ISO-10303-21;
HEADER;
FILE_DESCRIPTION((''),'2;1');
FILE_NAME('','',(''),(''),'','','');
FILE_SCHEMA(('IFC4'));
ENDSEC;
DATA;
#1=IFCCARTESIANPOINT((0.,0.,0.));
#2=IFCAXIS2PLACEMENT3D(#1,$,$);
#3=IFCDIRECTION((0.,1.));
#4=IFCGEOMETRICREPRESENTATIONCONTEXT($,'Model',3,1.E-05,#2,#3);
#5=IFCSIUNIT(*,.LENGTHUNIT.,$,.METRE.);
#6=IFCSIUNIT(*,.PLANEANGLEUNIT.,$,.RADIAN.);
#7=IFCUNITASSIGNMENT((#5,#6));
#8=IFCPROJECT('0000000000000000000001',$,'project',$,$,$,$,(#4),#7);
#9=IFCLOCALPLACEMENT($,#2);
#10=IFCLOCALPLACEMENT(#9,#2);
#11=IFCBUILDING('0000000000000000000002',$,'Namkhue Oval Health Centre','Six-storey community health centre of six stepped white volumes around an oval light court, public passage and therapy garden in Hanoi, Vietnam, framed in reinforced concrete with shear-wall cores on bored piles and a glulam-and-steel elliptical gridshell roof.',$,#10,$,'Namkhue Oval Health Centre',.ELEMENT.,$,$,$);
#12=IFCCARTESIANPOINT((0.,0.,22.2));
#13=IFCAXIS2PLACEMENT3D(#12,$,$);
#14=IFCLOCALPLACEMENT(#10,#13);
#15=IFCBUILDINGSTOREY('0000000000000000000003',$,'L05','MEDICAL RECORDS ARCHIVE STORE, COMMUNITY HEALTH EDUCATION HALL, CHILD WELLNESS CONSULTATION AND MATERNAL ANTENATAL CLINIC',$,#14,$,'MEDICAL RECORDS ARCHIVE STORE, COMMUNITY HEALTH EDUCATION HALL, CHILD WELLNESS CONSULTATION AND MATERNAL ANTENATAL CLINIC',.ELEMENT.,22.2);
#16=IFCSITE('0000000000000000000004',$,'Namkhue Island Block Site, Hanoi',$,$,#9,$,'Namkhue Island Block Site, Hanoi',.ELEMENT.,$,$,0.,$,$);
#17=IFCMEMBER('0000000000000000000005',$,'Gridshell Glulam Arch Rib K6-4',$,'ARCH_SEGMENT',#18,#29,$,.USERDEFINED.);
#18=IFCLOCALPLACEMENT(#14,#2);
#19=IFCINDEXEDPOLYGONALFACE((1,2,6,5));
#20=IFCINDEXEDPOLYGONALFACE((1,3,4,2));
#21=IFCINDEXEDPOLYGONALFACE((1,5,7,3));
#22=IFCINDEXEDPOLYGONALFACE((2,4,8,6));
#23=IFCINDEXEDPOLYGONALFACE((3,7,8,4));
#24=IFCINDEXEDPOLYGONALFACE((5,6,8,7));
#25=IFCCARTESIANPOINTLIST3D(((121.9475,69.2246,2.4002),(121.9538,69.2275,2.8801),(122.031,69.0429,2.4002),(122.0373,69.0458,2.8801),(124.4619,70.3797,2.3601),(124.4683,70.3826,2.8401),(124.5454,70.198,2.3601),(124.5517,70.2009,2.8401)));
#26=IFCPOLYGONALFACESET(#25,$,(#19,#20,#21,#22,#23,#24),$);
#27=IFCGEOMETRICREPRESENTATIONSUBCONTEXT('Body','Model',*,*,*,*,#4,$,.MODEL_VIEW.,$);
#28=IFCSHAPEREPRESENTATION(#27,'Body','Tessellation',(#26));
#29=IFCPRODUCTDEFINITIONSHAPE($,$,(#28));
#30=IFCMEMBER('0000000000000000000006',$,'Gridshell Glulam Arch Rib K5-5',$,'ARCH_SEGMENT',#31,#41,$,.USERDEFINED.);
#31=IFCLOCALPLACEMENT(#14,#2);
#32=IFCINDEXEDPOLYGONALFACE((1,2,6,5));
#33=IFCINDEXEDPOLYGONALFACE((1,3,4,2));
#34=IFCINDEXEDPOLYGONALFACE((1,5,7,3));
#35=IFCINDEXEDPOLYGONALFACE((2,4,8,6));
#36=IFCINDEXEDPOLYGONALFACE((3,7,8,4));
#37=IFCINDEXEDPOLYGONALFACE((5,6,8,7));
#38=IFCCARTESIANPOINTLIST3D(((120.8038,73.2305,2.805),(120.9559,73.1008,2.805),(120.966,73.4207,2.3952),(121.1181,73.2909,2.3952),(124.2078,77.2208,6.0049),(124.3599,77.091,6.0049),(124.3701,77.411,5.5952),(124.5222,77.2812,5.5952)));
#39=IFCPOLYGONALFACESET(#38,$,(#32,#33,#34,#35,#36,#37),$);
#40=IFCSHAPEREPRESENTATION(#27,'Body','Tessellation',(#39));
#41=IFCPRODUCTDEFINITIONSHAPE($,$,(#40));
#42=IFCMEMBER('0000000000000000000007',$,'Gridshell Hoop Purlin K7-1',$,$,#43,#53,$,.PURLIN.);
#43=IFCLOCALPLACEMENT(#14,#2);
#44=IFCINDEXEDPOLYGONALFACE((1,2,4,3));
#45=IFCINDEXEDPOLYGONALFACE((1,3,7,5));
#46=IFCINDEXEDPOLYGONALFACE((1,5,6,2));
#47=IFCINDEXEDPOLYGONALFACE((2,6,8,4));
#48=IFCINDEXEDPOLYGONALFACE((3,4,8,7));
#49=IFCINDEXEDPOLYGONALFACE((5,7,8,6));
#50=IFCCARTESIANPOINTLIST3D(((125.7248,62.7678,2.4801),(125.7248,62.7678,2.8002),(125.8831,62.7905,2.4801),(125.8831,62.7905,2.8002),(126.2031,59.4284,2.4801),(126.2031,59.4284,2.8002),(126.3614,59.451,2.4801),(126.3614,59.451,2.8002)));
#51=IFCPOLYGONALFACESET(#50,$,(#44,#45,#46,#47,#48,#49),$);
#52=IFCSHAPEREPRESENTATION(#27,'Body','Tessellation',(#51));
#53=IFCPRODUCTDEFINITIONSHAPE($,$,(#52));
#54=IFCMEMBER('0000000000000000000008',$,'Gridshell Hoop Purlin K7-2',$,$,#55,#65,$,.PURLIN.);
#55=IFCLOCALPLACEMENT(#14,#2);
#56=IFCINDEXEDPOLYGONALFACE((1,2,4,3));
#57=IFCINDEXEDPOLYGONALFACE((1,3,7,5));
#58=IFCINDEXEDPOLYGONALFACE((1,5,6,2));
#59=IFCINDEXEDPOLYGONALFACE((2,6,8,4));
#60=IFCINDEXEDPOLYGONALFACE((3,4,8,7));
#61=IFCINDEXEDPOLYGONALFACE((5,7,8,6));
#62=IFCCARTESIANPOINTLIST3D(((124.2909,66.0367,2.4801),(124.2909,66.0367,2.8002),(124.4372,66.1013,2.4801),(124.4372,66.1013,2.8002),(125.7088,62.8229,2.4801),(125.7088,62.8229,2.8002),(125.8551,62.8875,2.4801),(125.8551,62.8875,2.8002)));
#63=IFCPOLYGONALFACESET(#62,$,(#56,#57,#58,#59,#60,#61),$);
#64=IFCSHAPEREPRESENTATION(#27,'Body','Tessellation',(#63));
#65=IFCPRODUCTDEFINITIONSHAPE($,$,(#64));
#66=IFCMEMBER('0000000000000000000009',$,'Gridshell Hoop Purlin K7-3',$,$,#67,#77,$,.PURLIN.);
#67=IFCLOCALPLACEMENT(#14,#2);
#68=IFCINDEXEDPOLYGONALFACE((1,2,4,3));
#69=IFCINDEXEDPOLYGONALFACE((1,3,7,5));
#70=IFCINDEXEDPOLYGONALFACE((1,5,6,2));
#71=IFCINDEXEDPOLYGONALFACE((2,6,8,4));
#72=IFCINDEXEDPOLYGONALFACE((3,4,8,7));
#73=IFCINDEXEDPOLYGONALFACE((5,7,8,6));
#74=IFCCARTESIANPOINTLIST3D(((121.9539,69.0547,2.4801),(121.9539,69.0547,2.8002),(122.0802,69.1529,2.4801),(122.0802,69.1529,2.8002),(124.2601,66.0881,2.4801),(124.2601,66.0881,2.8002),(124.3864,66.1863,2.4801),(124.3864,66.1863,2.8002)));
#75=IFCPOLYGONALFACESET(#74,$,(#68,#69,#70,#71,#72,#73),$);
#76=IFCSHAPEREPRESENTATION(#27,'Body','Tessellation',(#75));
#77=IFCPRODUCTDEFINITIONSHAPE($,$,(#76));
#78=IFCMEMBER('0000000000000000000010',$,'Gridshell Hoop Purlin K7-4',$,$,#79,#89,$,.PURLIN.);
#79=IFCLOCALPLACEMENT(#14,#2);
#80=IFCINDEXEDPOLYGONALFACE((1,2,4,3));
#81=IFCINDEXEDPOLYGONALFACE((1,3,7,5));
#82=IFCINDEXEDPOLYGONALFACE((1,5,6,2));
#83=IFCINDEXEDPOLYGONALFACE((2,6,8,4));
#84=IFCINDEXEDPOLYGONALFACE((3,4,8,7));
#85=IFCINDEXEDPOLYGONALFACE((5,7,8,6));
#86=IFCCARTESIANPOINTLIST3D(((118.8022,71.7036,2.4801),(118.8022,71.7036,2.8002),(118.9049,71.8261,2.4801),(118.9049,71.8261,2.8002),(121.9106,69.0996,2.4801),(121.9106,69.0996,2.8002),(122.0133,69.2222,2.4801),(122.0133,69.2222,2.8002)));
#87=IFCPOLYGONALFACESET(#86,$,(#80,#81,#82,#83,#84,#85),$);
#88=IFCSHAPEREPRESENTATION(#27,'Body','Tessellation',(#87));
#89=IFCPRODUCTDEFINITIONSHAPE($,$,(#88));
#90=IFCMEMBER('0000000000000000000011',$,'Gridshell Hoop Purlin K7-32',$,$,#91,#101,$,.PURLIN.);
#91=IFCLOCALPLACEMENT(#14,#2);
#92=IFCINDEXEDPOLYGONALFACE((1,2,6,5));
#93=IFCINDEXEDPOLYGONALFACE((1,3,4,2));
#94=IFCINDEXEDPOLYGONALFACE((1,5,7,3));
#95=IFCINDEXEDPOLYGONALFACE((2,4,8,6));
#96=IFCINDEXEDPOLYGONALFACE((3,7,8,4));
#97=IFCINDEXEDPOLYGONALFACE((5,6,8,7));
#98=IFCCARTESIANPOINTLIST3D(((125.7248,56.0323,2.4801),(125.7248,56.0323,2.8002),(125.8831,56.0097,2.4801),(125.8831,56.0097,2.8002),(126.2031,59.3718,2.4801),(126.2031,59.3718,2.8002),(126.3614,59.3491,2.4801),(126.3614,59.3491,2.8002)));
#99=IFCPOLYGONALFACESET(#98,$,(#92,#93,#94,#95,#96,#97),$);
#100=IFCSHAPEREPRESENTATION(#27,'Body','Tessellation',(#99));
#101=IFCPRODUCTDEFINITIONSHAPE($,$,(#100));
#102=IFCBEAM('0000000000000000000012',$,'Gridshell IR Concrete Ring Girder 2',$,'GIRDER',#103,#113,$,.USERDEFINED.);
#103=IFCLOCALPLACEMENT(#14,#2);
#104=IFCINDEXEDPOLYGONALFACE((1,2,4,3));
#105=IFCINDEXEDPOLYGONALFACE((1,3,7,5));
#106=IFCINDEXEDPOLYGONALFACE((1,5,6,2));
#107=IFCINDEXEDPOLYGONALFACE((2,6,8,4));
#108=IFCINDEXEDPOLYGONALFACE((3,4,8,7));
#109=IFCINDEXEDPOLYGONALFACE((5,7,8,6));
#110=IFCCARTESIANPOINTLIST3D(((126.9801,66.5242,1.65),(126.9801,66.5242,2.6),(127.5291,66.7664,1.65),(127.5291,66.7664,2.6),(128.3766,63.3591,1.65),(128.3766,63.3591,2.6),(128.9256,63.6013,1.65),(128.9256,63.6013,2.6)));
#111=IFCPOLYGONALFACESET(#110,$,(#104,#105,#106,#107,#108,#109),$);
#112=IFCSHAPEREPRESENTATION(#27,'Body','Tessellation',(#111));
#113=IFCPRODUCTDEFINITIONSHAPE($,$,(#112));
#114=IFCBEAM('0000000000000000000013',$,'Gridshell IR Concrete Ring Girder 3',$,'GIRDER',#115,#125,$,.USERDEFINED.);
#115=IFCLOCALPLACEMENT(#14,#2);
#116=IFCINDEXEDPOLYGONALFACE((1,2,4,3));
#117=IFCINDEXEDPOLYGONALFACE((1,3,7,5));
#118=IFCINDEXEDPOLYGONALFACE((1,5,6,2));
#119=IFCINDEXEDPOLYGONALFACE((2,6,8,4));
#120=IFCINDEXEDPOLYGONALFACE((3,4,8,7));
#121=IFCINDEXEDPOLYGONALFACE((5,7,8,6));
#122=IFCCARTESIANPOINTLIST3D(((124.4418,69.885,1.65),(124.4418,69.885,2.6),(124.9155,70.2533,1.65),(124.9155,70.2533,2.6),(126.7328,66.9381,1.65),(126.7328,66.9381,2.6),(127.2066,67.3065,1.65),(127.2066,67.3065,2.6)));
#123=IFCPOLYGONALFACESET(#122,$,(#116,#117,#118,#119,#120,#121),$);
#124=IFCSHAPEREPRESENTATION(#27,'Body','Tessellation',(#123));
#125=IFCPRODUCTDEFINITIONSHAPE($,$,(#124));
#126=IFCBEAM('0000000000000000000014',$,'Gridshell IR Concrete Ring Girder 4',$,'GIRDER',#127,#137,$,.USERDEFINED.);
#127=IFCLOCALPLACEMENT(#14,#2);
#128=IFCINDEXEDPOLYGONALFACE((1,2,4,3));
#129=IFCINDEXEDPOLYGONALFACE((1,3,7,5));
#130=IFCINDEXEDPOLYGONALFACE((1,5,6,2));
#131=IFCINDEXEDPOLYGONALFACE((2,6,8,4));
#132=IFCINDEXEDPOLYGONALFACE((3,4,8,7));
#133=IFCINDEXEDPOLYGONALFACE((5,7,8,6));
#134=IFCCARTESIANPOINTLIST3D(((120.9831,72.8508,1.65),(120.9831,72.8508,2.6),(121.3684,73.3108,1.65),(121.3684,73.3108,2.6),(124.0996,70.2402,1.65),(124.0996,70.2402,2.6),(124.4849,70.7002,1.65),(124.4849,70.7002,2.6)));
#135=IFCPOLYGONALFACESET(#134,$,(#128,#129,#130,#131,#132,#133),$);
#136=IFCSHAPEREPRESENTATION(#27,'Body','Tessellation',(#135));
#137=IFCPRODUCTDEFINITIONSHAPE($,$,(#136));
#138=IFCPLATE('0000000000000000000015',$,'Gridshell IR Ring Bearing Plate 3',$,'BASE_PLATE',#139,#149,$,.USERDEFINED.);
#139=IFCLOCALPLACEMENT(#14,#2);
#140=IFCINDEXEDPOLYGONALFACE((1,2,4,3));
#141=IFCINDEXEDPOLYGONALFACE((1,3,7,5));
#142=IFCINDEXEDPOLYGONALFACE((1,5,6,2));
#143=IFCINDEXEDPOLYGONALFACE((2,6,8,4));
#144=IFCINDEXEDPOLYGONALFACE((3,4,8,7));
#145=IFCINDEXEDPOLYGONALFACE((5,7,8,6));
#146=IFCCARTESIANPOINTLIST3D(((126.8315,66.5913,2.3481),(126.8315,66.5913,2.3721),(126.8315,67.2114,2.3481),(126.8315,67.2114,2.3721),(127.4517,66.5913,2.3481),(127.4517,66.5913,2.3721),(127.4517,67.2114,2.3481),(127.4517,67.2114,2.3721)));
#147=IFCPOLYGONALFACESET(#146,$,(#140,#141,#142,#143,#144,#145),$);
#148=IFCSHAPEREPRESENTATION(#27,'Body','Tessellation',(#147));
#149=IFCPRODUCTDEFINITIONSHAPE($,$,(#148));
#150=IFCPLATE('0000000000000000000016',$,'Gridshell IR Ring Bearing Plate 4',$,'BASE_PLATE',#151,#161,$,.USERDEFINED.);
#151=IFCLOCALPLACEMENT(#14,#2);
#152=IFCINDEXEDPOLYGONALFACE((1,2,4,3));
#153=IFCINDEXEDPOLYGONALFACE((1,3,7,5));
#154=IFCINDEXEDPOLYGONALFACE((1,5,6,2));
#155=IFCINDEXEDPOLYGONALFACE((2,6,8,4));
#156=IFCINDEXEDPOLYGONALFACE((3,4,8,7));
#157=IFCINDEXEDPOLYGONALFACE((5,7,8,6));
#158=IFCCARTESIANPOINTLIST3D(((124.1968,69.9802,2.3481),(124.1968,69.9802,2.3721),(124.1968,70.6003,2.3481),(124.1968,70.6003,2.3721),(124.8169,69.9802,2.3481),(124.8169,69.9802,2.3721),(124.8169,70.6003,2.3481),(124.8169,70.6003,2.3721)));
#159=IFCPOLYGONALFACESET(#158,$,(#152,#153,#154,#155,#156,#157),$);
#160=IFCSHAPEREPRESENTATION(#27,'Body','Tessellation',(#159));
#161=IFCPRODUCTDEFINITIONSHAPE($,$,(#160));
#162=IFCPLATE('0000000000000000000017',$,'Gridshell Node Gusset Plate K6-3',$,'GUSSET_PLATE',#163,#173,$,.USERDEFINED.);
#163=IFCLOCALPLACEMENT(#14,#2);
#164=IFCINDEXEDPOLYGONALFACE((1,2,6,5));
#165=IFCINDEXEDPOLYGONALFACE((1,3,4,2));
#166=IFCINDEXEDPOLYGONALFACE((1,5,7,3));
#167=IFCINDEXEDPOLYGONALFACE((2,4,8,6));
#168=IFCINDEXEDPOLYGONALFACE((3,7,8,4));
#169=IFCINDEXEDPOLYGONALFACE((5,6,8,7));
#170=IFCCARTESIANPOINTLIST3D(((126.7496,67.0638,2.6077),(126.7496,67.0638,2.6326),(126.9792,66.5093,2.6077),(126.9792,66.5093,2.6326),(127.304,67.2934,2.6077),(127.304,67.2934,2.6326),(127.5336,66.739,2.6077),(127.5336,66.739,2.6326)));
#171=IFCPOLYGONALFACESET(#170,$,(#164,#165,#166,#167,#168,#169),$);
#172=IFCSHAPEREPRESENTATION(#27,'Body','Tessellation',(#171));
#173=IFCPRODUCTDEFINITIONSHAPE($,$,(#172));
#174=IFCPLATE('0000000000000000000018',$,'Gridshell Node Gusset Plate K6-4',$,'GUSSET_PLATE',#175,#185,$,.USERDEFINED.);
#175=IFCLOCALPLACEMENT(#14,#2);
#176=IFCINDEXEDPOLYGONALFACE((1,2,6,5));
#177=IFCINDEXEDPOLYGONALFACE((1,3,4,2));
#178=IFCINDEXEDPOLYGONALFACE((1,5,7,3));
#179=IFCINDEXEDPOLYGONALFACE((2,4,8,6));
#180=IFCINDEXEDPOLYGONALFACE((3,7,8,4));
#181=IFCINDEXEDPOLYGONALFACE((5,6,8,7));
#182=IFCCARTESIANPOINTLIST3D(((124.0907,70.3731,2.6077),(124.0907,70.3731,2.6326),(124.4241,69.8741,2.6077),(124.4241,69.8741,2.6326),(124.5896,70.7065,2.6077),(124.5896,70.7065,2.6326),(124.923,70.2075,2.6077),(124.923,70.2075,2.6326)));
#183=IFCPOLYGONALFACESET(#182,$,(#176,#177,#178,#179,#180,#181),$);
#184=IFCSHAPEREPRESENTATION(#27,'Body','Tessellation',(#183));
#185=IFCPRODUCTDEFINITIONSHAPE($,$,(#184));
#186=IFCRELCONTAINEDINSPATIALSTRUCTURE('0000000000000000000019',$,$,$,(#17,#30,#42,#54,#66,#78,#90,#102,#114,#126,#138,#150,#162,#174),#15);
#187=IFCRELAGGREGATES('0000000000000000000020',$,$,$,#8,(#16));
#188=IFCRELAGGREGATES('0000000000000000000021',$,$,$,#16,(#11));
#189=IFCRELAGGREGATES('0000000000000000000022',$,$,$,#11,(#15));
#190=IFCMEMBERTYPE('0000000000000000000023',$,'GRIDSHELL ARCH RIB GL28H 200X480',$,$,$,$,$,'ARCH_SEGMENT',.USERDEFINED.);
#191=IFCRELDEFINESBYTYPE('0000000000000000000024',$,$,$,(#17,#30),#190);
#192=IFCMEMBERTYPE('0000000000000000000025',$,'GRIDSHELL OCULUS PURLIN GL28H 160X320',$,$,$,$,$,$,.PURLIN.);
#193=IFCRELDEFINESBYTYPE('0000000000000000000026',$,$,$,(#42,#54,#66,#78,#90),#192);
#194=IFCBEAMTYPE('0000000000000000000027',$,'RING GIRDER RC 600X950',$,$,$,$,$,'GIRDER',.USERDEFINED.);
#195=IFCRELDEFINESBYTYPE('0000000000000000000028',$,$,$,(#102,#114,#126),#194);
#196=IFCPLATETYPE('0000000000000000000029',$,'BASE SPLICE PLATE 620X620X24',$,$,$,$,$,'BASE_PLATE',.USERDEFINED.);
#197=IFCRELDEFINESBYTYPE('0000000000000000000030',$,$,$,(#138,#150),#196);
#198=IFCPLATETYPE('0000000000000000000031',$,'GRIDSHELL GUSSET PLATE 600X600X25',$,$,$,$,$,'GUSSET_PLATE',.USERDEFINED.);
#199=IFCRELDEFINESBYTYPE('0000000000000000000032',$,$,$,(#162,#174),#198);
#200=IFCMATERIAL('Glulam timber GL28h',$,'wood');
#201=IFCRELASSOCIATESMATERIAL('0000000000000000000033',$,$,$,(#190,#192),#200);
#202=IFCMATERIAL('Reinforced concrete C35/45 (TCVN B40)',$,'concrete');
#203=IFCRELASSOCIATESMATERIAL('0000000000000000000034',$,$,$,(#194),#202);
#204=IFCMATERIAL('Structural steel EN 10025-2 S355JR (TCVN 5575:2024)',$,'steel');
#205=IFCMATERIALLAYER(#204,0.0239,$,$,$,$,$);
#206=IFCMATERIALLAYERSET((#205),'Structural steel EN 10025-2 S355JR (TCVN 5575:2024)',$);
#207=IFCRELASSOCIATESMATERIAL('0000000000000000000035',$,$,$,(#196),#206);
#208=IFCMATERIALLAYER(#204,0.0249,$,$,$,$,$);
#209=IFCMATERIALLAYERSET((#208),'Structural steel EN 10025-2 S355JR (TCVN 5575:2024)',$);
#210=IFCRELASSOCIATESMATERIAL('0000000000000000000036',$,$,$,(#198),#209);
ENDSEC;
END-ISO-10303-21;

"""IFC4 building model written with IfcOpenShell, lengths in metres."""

from ifc_helpers import new_model, si_unit, direction, frame, origin, origin_2d, place, context, subcontext, project, spatial, rectangle, extrude, material, layer, layer_set, material_profile, profile_set, type_object, element, save


model = new_model("IFC4")

# Units and contexts
model_context = context("Model", 3, precision=1e-05, world=origin(), true_north=direction((0.0, 1.0)))
body_context = subcontext(model_context, "Body", "Model", "MODEL_VIEW")
ifc_project = project(units=[si_unit("LENGTHUNIT", "METRE"), si_unit("PLANEANGLEUNIT", "RADIAN")], contexts=[model_context])

# Site, building, storey
site_placement = place(None, origin())
site = spatial("IfcSite", under=ifc_project, at=site_placement, Name="Namkhue Island Block Site, Hanoi", LongName="Namkhue Island Block Site, Hanoi", CompositionType="ELEMENT", RefElevation=0.0)
building_placement = place(site_placement, origin())
building = spatial("IfcBuilding", under=site, at=building_placement, Name="Namkhue Oval Health Centre", Description="Six-storey community health centre of six stepped white volumes around an oval light court, public passage and therapy garden in Hanoi, Vietnam, framed in reinforced concrete with shear-wall cores on bored piles and a glulam-and-steel elliptical gridshell roof.", LongName="Namkhue Oval Health Centre", CompositionType="ELEMENT")
storey_placement = place(building_placement, frame((0.0, 0.0, 22.2)))
storey = spatial("IfcBuildingStorey", under=building, at=storey_placement, Name="L05", Description="MEDICAL RECORDS ARCHIVE STORE, COMMUNITY HEALTH EDUCATION HALL, CHILD WELLNESS CONSULTATION AND MATERNAL ANTENATAL CLINIC", LongName="MEDICAL RECORDS ARCHIVE STORE, COMMUNITY HEALTH EDUCATION HALL, CHILD WELLNESS CONSULTATION AND MATERNAL ANTENATAL CLINIC", CompositionType="ELEMENT", Elevation=22.2)

# Shared definitions
ifc_material_1 = material(Name="Reinforced concrete C35/45 (TCVN B40)", Category="concrete")

# Members
ifc_material_2 = material(Name="Structural steel EN 10025-2 S355JR (TCVN 5575:2024)", Category="steel")
ifc_material_3 = material(Name="Glulam timber GL28h", Category="wood")
ifc_material_profile_1 = material_profile(ifc_material_3, rectangle(XDim=0.2, YDim=0.48, at=origin_2d()), Name="GL28h 200x480")
ifc_profile_set_1 = profile_set([ifc_material_profile_1], Name="Glulam timber GL28h")
member_type_1 = type_object("IfcMemberType", Name="GRIDSHELL ARCH RIB GL28H 200X480", ElementType="ARCH_SEGMENT", PredefinedType="USERDEFINED", material=ifc_profile_set_1)
member_1_placement = place(storey_placement, frame((124.5068, 70.2903, 2.6001), z_axis=(-0.908614, -0.417386, 0.014469), x_axis=(0.417429, -0.908709, 0.0)))
element("IfcMember", 1, at=member_1_placement, inside=storey, type_object=member_type_1, Name="Gridshell Glulam Arch Rib K6-4", ObjectType="ARCH_SEGMENT", PredefinedType="USERDEFINED", context=body_context, shape_type="SweptSolid", body=[
    extrude(rectangle(XDim=0.2, YDim=0.48, at=origin_2d()), origin(), (0.0, 0.0, 1.0), 2.7673),
])
member_2_placement = place(storey_placement, frame((124.365, 77.251, 5.8), z_axis=(-0.554041, -0.649448, -0.520822), x_axis=(0.760776, -0.649015, 0.0)))
element("IfcMember", 2, at=member_2_placement, inside=storey, type_object=member_type_1, Name="Gridshell Glulam Arch Rib K5-5", ObjectType="ARCH_SEGMENT", PredefinedType="USERDEFINED", context=body_context, shape_type="SweptSolid", body=[
    extrude(rectangle(XDim=0.2, YDim=0.48, at=origin_2d()), origin(), (0.0, 0.0, 1.0), 6.144),
])
ifc_material_profile_2 = material_profile(ifc_material_3, rectangle(XDim=0.1599, YDim=0.3201, at=origin_2d()), Name="GL28h 160x320")
ifc_profile_set_2 = profile_set([ifc_material_profile_2], Name="Glulam timber GL28h")
member_type_2 = type_object("IfcMemberType", Name="GRIDSHELL OCULUS PURLIN GL28H 160X320", PredefinedType="PURLIN", material=ifc_profile_set_2)
member_3_placement = place(storey_placement, frame((126.2822, 59.4397, 2.6401), z_axis=(-0.141776, 0.989899, 0.0), x_axis=(-0.989899, -0.141776, 0.0)))
element("IfcMember", 3, at=member_3_placement, inside=storey, type_object=member_type_2, Name="Gridshell Hoop Purlin K7-1", PredefinedType="PURLIN", context=body_context, shape_type="SweptSolid", body=[
    extrude(rectangle(XDim=0.1599, YDim=0.3201, at=origin_2d()), origin(), (0.0, 0.0, 1.0), 3.3735),
])
member_4_placement = place(storey_placement, frame((125.782, 62.8552, 2.6401), z_axis=(-0.403661, 0.914909, 0.0), x_axis=(-0.914909, -0.403661, 0.0)))
element("IfcMember", 4, at=member_4_placement, inside=storey, type_object=member_type_2, Name="Gridshell Hoop Purlin K7-2", PredefinedType="PURLIN", context=body_context, shape_type="SweptSolid", body=[
    extrude(rectangle(XDim=0.1599, YDim=0.3201, at=origin_2d()), origin(), (0.0, 0.0, 1.0), 3.5127),
])
member_5_placement = place(storey_placement, frame((124.3232, 66.1372, 2.6401), z_axis=(-0.613747, 0.789503, 0.0), x_axis=(-0.789503, -0.613747, 0.0)))
element("IfcMember", 5, at=member_5_placement, inside=storey, type_object=member_type_2, Name="Gridshell Hoop Purlin K7-3", PredefinedType="PURLIN", context=body_context, shape_type="SweptSolid", body=[
    extrude(rectangle(XDim=0.1599, YDim=0.3201, at=origin_2d()), origin(), (0.0, 0.0, 1.0), 3.7576),
])
member_6_placement = place(storey_placement, frame((121.9619, 69.1609, 2.6401), z_axis=(-0.766561, 0.642172, 0.0), x_axis=(-0.642172, -0.766561, 0.0)))
element("IfcMember", 6, at=member_6_placement, inside=storey, type_object=member_type_2, Name="Gridshell Hoop Purlin K7-4", PredefinedType="PURLIN", context=body_context, shape_type="SweptSolid", body=[
    extrude(rectangle(XDim=0.1599, YDim=0.3201, at=origin_2d()), origin(), (0.0, 0.0, 1.0), 4.0549),
])
member_7_placement = place(storey_placement, frame((125.804, 56.021, 2.6401), z_axis=(0.141776, 0.989899, 0.0), x_axis=(-0.989899, 0.141776, 0.0)))
element("IfcMember", 7, at=member_7_placement, inside=storey, type_object=member_type_2, Name="Gridshell Hoop Purlin K7-32", PredefinedType="PURLIN", context=body_context, shape_type="SweptSolid", body=[
    extrude(rectangle(XDim=0.1599, YDim=0.3201, at=origin_2d()), origin(), (0.0, 0.0, 1.0), 3.3735),
])

# Beams
ifc_material_profile_3 = material_profile(ifc_material_1, rectangle(XDim=0.6001, YDim=0.95, at=origin_2d()), Name="RC 600x950")
ifc_profile_set_3 = profile_set([ifc_material_profile_3], Name="Reinforced concrete C35/45 (TCVN B40)")
beam_type = type_object("IfcBeamType", Name="RING GIRDER RC 600X950", ElementType="GIRDER", PredefinedType="USERDEFINED", material=ifc_profile_set_3)
beam_1_placement = place(storey_placement, frame((128.6511, 63.4802, 2.125), z_axis=(-0.403675, 0.914902, 0.0), x_axis=(-0.914902, -0.403675, 0.0)))
element("IfcBeam", 8, at=beam_1_placement, inside=storey, type_object=beam_type, Name="Gridshell IR Concrete Ring Girder 2", ObjectType="GIRDER", PredefinedType="USERDEFINED", context=body_context, shape_type="SweptSolid", body=[
    extrude(rectangle(XDim=0.6001, YDim=0.95, at=origin_2d()), origin(), (0.0, 0.0, 1.0), 3.4595),
])
beam_2_placement = place(storey_placement, frame((126.9697, 67.1223, 2.125), z_axis=(-0.613787, 0.789472, 0.0), x_axis=(-0.789472, -0.613787, 0.0)))
element("IfcBeam", 9, at=beam_2_placement, inside=storey, type_object=beam_type, Name="Gridshell IR Concrete Ring Girder 3", ObjectType="GIRDER", PredefinedType="USERDEFINED", context=body_context, shape_type="SweptSolid", body=[
    extrude(rectangle(XDim=0.6001, YDim=0.95, at=origin_2d()), origin(), (0.0, 0.0, 1.0), 3.7327),
])
beam_3_placement = place(storey_placement, frame((124.2922, 70.4702, 2.125), z_axis=(-0.76658, 0.642149, 0.0), x_axis=(-0.642149, -0.76658, 0.0)))
element("IfcBeam", 10, at=beam_3_placement, inside=storey, type_object=beam_type, Name="Gridshell IR Concrete Ring Girder 4", ObjectType="GIRDER", PredefinedType="USERDEFINED", context=body_context, shape_type="SweptSolid", body=[
    extrude(rectangle(XDim=0.6001, YDim=0.95, at=origin_2d()), origin(), (0.0, 0.0, 1.0), 4.0654),
])

# Plates
ifc_layer_1 = layer(ifc_material_2, 0.0239)
ifc_layer_set_1 = layer_set([ifc_layer_1], Name="Structural steel EN 10025-2 S355JR (TCVN 5575:2024)")
plate_type_1 = type_object("IfcPlateType", Name="BASE SPLICE PLATE 620X620X24", ElementType="BASE_PLATE", PredefinedType="USERDEFINED", material=ifc_layer_set_1)
for number, where, z_axis, x_axis, name in (
    (11, (127.1416, 66.9014, 2.3481), (0.0, 0.0, 1.0), (1.0, 0.0, 0.0), "Gridshell IR Ring Bearing Plate 3"),
    (12, (124.5068, 70.2903, 2.3481), (0.0, 0.0, 1.0), (1.0, 0.0, 0.0), "Gridshell IR Ring Bearing Plate 4"),
):
    element("IfcPlate", number, at=place(storey_placement, frame(where, z_axis=z_axis, x_axis=x_axis)), inside=storey, type_object=plate_type_1, Name=name, ObjectType="BASE_PLATE", PredefinedType="USERDEFINED", context=body_context, shape_type="SweptSolid", body=[
        extrude(rectangle(XDim=0.6201, YDim=0.6201, at=origin_2d()), origin(), (0.0, 0.0, 1.0), 0.0239),
    ])
ifc_layer_2 = layer(ifc_material_2, 0.0249)
ifc_layer_set_2 = layer_set([ifc_layer_2], Name="Structural steel EN 10025-2 S355JR (TCVN 5575:2024)")
plate_type_2 = type_object("IfcPlateType", Name="GRIDSHELL GUSSET PLATE 600X600X25", ElementType="GUSSET_PLATE", PredefinedType="USERDEFINED", material=ifc_layer_set_2)
for number, where, z_axis, x_axis, name in (
    (13, (127.1416, 66.9014, 2.6077), (0.0, 0.0, 1.0), (0.92388, 0.382683, 0.0), "Gridshell Node Gusset Plate K6-3"),
    (14, (124.5068, 70.2903, 2.6077), (0.0, 0.0, 1.0), (0.83147, 0.55557, 0.0), "Gridshell Node Gusset Plate K6-4"),
):
    element("IfcPlate", number, at=place(storey_placement, frame(where, z_axis=z_axis, x_axis=x_axis)), inside=storey, type_object=plate_type_2, Name=name, ObjectType="GUSSET_PLATE", PredefinedType="USERDEFINED", context=body_context, shape_type="SweptSolid", body=[
        extrude(rectangle(XDim=0.6001, YDim=0.6001, at=origin_2d()), origin(), (0.0, 0.0, 1.0), 0.0249),
    ])

save(model, "model.ifc")
